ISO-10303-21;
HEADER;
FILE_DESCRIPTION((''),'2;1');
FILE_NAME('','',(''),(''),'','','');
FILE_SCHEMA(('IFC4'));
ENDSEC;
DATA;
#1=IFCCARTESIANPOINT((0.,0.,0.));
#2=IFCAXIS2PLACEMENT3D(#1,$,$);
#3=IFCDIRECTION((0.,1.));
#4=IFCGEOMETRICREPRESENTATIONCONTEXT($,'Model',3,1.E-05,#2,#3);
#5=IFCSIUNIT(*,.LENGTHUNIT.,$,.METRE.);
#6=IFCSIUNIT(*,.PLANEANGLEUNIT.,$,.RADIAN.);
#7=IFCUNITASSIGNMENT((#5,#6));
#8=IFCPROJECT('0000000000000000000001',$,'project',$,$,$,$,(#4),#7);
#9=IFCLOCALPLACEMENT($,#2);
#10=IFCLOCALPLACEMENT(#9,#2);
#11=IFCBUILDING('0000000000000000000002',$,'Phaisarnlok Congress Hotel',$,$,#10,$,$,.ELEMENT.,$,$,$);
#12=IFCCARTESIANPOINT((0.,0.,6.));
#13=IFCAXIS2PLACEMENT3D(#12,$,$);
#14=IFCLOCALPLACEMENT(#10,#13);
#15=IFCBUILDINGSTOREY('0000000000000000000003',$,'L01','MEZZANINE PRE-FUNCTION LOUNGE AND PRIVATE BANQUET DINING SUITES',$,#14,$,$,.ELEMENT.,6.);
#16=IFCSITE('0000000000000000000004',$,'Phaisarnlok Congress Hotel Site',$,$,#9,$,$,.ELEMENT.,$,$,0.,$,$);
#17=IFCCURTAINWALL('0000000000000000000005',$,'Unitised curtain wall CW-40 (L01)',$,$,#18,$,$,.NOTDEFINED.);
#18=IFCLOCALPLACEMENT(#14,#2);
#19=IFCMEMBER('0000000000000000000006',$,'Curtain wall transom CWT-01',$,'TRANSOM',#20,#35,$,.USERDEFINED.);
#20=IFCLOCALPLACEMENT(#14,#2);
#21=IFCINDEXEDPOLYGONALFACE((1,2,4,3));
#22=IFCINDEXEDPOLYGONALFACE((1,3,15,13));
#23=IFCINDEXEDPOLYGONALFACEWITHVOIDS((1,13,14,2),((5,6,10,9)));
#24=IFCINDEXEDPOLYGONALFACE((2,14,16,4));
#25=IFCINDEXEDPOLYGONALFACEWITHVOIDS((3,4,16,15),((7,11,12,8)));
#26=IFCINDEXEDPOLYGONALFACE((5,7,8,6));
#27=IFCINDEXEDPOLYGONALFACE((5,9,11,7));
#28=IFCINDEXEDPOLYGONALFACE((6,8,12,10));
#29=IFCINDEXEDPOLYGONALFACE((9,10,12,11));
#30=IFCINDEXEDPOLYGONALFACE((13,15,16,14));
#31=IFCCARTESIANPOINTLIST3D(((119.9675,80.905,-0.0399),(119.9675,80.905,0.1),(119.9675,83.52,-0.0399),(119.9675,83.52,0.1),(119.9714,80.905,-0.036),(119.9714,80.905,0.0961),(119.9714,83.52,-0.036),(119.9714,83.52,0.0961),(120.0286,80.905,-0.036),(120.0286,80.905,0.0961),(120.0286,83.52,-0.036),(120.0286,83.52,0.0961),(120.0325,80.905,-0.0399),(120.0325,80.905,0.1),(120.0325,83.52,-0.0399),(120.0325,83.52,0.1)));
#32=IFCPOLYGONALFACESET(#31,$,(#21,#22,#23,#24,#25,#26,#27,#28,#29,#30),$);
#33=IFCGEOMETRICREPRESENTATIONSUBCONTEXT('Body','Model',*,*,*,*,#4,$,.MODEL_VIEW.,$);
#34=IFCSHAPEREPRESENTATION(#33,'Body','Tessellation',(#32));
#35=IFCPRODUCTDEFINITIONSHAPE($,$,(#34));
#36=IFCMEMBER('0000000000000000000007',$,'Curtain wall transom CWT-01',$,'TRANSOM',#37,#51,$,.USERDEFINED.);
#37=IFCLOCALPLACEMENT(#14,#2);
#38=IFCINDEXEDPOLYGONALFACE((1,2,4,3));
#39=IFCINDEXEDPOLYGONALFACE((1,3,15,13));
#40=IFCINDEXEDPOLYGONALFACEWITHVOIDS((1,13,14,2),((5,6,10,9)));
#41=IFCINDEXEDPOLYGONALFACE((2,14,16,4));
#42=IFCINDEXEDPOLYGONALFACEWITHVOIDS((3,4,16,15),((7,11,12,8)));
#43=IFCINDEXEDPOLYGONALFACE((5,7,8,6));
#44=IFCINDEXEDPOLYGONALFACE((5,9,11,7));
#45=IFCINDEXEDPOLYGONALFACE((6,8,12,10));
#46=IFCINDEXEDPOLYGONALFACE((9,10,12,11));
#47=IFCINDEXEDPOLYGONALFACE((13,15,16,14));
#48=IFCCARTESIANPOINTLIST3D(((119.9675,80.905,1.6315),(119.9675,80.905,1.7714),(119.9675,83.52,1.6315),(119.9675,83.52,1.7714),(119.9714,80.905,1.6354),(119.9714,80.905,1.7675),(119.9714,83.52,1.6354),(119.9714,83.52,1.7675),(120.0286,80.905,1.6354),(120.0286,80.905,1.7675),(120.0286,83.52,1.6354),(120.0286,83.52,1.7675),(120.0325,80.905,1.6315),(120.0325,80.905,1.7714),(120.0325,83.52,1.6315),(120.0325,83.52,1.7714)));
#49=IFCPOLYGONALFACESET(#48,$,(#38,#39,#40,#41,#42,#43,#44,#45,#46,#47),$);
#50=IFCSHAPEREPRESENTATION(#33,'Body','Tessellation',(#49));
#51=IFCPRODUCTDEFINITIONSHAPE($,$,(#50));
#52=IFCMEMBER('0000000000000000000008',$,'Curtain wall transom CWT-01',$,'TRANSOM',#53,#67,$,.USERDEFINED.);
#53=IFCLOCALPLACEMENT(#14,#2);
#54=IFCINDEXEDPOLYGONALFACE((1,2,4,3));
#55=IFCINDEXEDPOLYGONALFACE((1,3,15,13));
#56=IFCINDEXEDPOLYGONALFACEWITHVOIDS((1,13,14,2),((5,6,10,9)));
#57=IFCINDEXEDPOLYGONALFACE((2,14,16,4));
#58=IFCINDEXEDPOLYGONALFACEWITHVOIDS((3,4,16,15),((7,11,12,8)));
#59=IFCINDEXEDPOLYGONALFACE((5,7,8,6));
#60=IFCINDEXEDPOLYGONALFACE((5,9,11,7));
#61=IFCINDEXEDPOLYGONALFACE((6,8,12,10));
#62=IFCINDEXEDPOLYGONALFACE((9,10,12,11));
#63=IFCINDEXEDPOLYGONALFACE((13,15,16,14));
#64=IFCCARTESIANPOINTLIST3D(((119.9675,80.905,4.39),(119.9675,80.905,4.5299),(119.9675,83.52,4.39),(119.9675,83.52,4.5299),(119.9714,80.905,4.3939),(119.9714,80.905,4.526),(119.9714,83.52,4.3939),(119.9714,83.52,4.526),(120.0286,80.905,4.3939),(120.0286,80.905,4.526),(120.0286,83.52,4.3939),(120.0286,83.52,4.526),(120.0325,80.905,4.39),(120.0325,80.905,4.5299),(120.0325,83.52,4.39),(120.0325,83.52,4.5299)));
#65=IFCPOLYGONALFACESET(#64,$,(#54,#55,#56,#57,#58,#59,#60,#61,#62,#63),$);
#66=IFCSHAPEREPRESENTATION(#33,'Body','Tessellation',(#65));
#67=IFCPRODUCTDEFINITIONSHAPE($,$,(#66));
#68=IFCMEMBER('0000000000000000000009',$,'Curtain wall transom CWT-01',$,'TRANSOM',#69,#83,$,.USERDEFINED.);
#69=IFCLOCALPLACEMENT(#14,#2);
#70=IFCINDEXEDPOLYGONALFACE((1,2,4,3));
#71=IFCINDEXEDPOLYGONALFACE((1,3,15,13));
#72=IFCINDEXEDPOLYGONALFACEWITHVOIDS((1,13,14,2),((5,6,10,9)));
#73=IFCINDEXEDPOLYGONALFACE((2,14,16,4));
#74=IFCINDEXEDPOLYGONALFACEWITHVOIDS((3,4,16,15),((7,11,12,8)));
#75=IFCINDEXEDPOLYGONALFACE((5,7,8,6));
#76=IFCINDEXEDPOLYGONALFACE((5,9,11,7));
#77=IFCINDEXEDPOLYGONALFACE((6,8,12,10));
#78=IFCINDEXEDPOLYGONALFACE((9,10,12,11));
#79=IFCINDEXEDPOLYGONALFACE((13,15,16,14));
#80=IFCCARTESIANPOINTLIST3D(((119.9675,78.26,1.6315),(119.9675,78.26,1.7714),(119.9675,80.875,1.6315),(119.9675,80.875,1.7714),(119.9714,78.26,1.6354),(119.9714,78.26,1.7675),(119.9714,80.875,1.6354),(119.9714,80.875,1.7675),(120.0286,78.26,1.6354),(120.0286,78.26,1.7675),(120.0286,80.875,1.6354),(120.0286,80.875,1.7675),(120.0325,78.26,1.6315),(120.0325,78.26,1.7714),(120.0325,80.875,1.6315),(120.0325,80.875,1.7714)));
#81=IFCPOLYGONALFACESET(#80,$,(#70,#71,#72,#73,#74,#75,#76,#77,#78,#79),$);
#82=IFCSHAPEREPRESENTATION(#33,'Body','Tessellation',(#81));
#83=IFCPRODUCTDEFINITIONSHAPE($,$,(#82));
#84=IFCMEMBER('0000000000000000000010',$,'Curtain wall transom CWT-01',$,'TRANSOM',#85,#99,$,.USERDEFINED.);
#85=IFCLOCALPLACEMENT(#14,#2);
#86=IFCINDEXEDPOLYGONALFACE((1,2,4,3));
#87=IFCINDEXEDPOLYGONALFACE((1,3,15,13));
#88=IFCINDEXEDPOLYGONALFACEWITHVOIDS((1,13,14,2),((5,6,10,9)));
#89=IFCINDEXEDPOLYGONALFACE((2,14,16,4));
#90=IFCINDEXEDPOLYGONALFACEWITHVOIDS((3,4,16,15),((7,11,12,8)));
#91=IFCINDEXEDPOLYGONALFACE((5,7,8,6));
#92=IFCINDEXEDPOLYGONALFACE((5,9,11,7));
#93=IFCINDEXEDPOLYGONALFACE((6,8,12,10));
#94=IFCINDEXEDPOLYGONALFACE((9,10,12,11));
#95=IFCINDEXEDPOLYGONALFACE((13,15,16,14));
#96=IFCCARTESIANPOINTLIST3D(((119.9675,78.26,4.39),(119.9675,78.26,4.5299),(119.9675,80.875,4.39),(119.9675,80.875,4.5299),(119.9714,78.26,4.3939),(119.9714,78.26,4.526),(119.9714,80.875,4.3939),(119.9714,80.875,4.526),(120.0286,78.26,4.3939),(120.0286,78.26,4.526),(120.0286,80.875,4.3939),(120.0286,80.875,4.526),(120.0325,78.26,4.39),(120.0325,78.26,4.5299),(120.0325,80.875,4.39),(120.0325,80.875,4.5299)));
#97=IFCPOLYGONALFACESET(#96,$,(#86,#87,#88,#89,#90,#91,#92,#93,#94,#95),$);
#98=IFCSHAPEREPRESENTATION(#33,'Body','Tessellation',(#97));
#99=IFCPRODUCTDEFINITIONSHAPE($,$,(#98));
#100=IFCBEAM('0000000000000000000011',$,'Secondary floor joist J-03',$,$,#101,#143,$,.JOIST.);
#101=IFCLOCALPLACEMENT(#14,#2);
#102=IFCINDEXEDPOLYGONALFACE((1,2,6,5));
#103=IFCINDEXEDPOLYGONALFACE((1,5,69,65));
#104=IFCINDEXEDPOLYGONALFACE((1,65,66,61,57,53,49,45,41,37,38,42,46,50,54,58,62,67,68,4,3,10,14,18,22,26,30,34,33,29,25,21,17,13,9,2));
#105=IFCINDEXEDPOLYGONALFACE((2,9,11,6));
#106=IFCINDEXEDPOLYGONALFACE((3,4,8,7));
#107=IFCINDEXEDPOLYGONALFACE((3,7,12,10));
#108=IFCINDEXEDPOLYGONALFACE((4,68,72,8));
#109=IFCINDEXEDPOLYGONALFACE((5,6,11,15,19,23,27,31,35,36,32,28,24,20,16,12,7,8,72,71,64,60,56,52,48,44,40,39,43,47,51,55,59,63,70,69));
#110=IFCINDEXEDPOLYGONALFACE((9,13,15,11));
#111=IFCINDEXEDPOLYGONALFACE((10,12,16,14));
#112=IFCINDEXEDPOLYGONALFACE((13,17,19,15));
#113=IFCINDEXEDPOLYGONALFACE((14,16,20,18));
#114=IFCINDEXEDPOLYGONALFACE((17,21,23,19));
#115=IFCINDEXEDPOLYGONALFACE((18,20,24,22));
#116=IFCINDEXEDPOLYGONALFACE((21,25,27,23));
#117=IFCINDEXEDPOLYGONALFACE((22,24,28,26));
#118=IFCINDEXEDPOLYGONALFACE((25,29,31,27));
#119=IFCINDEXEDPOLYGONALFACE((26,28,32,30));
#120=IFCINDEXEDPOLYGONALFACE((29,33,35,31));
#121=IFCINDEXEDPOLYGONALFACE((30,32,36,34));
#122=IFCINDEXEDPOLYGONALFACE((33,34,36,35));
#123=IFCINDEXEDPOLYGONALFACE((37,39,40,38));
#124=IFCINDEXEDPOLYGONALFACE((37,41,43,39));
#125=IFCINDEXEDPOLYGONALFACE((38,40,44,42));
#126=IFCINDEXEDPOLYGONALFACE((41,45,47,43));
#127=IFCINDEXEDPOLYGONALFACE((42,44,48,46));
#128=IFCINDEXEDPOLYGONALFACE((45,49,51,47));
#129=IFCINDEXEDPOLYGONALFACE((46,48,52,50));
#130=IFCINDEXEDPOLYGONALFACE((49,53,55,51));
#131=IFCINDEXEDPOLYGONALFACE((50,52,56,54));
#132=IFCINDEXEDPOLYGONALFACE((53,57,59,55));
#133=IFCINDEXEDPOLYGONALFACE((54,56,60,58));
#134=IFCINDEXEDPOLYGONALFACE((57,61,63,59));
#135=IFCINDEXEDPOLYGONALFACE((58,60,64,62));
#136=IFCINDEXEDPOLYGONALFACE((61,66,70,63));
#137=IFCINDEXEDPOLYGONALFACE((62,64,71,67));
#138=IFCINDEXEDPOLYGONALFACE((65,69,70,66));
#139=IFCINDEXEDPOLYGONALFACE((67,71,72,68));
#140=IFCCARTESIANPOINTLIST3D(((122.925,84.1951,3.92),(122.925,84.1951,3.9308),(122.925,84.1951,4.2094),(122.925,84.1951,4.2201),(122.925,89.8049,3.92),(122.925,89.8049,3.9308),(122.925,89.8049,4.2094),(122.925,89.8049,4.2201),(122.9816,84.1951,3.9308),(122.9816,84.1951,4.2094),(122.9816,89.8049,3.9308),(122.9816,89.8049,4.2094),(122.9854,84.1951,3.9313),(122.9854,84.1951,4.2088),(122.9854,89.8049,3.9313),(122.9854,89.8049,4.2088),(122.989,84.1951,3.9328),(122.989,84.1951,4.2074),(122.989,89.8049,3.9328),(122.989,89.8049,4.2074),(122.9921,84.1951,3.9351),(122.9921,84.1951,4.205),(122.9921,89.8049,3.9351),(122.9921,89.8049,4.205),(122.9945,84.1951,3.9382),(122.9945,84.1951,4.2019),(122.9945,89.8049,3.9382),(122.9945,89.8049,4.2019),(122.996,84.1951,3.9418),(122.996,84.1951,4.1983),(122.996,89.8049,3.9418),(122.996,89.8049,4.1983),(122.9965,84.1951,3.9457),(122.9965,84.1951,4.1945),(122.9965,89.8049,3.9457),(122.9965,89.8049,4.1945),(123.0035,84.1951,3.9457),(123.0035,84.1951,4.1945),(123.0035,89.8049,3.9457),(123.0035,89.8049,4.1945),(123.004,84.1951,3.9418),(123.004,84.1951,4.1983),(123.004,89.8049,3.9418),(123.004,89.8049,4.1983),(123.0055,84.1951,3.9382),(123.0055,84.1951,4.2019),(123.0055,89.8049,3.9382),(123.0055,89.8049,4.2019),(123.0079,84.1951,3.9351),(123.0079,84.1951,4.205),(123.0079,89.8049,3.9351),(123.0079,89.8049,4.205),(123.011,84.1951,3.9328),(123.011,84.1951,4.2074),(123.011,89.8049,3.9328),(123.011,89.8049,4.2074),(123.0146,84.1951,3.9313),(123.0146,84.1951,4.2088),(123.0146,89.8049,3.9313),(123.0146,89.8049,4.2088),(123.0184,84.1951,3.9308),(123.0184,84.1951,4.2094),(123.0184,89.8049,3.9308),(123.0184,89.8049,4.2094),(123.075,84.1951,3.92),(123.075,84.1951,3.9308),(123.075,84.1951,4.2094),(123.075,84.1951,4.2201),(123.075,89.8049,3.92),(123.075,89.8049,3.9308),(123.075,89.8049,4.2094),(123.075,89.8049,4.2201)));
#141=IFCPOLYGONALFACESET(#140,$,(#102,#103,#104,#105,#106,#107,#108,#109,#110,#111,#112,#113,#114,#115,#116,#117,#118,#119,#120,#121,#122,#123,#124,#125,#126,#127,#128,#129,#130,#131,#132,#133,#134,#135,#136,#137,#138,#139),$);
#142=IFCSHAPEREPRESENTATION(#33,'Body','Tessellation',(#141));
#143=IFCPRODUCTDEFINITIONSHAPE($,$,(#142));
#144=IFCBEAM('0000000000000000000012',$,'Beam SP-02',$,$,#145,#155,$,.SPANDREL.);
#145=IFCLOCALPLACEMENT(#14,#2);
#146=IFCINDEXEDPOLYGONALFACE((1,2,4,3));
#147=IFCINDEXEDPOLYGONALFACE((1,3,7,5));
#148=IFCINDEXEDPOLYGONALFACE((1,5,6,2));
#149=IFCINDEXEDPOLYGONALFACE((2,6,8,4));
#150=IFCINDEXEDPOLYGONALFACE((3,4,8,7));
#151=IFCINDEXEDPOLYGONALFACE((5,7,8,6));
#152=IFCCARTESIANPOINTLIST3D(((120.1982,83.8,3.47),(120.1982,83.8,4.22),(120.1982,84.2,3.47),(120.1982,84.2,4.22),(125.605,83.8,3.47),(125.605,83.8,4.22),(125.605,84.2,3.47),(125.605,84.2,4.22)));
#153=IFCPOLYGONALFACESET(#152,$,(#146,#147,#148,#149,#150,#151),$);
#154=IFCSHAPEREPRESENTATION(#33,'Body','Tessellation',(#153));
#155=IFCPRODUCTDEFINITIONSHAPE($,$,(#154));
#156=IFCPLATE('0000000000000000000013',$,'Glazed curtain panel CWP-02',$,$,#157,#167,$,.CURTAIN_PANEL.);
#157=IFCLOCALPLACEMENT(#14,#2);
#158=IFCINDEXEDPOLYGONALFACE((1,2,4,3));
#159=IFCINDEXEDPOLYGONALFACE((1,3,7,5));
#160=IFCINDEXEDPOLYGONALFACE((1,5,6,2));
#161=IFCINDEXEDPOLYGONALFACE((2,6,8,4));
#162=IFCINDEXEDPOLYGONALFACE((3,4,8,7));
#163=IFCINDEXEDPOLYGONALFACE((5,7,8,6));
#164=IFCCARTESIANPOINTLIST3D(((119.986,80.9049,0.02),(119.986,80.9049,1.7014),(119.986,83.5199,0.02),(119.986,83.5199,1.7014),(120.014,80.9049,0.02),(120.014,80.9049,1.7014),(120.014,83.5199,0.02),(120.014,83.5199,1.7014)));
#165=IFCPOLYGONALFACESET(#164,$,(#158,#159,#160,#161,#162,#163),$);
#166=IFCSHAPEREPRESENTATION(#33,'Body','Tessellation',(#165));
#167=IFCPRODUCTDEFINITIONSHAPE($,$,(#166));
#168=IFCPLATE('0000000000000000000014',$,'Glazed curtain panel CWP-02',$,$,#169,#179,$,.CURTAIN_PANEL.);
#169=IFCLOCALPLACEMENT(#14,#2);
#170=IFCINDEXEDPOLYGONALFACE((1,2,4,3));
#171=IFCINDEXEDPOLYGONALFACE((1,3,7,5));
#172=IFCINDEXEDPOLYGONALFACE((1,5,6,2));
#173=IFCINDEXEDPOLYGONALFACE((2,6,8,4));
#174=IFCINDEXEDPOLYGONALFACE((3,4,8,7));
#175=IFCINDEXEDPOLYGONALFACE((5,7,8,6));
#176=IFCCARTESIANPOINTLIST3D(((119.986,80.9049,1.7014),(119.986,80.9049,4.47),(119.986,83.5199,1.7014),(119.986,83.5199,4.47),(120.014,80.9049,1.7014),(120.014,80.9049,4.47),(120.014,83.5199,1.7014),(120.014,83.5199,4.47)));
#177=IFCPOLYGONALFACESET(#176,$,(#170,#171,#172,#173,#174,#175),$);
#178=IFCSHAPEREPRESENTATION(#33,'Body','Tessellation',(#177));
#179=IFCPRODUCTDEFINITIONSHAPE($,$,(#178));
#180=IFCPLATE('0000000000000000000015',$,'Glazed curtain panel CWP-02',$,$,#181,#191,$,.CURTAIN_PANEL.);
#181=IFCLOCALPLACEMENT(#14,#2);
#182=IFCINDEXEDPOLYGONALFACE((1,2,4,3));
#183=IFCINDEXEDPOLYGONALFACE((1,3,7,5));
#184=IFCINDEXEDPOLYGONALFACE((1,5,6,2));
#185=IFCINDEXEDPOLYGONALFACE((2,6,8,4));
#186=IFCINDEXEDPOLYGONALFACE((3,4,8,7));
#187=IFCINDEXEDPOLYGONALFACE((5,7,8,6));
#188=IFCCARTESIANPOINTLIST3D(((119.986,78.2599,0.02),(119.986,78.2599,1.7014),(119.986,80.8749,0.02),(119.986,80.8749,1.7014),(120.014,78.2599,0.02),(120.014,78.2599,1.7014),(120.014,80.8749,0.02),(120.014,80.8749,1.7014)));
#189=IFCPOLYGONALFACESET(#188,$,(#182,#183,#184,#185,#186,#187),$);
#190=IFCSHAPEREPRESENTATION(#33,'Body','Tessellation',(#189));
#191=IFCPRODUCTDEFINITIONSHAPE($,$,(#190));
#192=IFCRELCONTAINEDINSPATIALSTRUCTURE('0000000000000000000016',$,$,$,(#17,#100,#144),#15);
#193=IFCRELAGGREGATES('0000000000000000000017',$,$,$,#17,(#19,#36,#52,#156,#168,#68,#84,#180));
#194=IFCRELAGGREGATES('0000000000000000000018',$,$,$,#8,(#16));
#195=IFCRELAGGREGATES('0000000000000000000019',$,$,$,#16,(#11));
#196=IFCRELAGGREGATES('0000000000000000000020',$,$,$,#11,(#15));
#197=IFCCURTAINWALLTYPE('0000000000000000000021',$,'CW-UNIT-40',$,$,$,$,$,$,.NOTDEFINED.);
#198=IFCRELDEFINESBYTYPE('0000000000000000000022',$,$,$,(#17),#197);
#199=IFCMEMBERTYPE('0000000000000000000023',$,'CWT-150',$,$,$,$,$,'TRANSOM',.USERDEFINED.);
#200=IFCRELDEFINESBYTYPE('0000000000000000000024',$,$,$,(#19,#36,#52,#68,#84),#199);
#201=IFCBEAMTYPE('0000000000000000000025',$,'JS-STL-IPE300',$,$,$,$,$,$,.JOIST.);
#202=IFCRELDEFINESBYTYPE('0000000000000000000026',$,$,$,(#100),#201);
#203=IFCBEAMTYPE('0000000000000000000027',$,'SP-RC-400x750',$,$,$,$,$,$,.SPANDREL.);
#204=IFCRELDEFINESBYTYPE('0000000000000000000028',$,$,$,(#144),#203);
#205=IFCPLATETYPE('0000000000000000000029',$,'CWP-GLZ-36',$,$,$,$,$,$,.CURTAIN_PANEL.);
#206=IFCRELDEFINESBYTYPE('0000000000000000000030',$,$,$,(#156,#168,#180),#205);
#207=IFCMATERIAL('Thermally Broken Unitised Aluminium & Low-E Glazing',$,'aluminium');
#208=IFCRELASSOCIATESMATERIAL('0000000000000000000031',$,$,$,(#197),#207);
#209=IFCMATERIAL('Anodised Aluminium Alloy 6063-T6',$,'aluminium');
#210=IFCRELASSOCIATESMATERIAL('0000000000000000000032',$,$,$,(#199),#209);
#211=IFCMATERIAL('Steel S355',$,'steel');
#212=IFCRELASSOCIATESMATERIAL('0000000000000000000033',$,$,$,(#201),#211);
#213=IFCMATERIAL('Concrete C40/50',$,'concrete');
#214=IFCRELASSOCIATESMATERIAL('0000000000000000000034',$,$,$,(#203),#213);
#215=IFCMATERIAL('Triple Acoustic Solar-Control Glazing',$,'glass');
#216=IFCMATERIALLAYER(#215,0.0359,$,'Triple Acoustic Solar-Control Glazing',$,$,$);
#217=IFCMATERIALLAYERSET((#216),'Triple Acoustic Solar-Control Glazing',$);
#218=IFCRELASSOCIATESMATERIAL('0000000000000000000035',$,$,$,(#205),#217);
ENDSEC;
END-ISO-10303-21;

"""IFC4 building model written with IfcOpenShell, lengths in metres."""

from ifc_helpers import new_model, si_unit, direction, frame, frame_2d, origin, origin_2d, place, context, subcontext, project, spatial, rectangle, hollow_rectangle, i_section, extrude, material, layer, layer_set, material_profile, profile_set, type_object, element, aggregate, save


model = new_model("IFC4")

# Units and contexts
model_context = context("Model", 3, precision=1e-05, world=origin(), true_north=direction((0.0, 1.0)))
body_context = subcontext(model_context, "Body", "Model", "MODEL_VIEW")
ifc_project = project(units=[si_unit("LENGTHUNIT", "METRE"), si_unit("PLANEANGLEUNIT", "RADIAN")], contexts=[model_context])

# Site, building, storey
site_placement = place(None, origin())
site = spatial("IfcSite", under=ifc_project, at=site_placement, Name="Phaisarnlok Congress Hotel Site", CompositionType="ELEMENT", RefElevation=0.0)
building_placement = place(site_placement, origin())
building = spatial("IfcBuilding", under=site, at=building_placement, Name="Phaisarnlok Congress Hotel", CompositionType="ELEMENT")
storey_placement = place(building_placement, frame((0.0, 0.0, 6.0)))
storey = spatial("IfcBuildingStorey", under=building, at=storey_placement, Name="L01", Description="MEZZANINE PRE-FUNCTION LOUNGE AND PRIVATE BANQUET DINING SUITES", CompositionType="ELEMENT", Elevation=6.0)

# Shared definitions
ifc_material_1 = material(Name="Steel S355", Category="steel")

# Shared definitions
ifc_material_2 = material(Name="Concrete C40/50", Category="concrete")

# Curtain wall, members
ifc_material_3 = material(Name="Thermally Broken Unitised Aluminium & Low-E Glazing", Category="aluminium")
curtain_wall_type = type_object("IfcCurtainWallType", Name="CW-UNIT-40", PredefinedType="NOTDEFINED", material=ifc_material_3)
curtain_wall_placement = place(storey_placement, origin())
curtain_wall = element("IfcCurtainWall", 1, at=curtain_wall_placement, inside=storey, type_object=curtain_wall_type, Name="Unitised curtain wall CW-40 (L01)", PredefinedType="NOTDEFINED")
ifc_material_4 = material(Name="Anodised Aluminium Alloy 6063-T6", Category="aluminium")
ifc_material_profile_1 = material_profile(ifc_material_4, hollow_rectangle(XDim=0.0649, YDim=0.1399, WallThickness=0.0039, at=origin_2d()), Name="ALU-T 65x140x4")
ifc_profile_set_1 = profile_set([ifc_material_profile_1], Name="Anodised Aluminium Alloy 6063-T6")
member_type_1 = type_object("IfcMemberType", Name="CWT-150", ElementType="TRANSOM", PredefinedType="USERDEFINED", material=ifc_profile_set_1)
member_1_placement = place(storey_placement, frame((120.0, 83.52, 0.03), z_axis=(0.0, -1.0, 0.0), x_axis=(1.0, 0.0, 0.0)))
member_1 = element("IfcMember", 2, at=member_1_placement, type_object=member_type_1, Name="Curtain wall transom CWT-01", ObjectType="TRANSOM", PredefinedType="USERDEFINED", context=body_context, shape_type="SweptSolid", body=[
    extrude(hollow_rectangle(XDim=0.0649, YDim=0.1399, WallThickness=0.0039, at=origin_2d()), origin(), (0.0, 0.0, 1.0), 2.615),
])
member_2_placement = place(storey_placement, frame((120.0, 83.52, 1.7014), z_axis=(0.0, -1.0, 0.0), x_axis=(1.0, 0.0, 0.0)))
member_2 = element("IfcMember", 3, at=member_2_placement, type_object=member_type_1, Name="Curtain wall transom CWT-01", ObjectType="TRANSOM", PredefinedType="USERDEFINED", context=body_context, shape_type="SweptSolid", body=[
    extrude(hollow_rectangle(XDim=0.0649, YDim=0.1399, WallThickness=0.0039, at=origin_2d()), origin(), (0.0, 0.0, 1.0), 2.615),
])
member_3_placement = place(storey_placement, frame((120.0, 83.52, 4.46), z_axis=(0.0, -1.0, 0.0), x_axis=(1.0, 0.0, 0.0)))
member_3 = element("IfcMember", 4, at=member_3_placement, type_object=member_type_1, Name="Curtain wall transom CWT-01", ObjectType="TRANSOM", PredefinedType="USERDEFINED", context=body_context, shape_type="SweptSolid", body=[
    extrude(hollow_rectangle(XDim=0.0649, YDim=0.1399, WallThickness=0.0039, at=origin_2d()), origin(), (0.0, 0.0, 1.0), 2.615),
])
member_4_placement = place(storey_placement, frame((120.0, 80.875, 1.7014), z_axis=(0.0, -1.0, 0.0), x_axis=(1.0, 0.0, 0.0)))
member_4 = element("IfcMember", 5, at=member_4_placement, type_object=member_type_1, Name="Curtain wall transom CWT-01", ObjectType="TRANSOM", PredefinedType="USERDEFINED", context=body_context, shape_type="SweptSolid", body=[
    extrude(hollow_rectangle(XDim=0.0649, YDim=0.1399, WallThickness=0.0039, at=origin_2d()), origin(), (0.0, 0.0, 1.0), 2.615),
])
member_5_placement = place(storey_placement, frame((120.0, 80.875, 4.46), z_axis=(0.0, -1.0, 0.0), x_axis=(1.0, 0.0, 0.0)))
member_5 = element("IfcMember", 6, at=member_5_placement, type_object=member_type_1, Name="Curtain wall transom CWT-01", ObjectType="TRANSOM", PredefinedType="USERDEFINED", context=body_context, shape_type="SweptSolid", body=[
    extrude(hollow_rectangle(XDim=0.0649, YDim=0.1399, WallThickness=0.0039, at=origin_2d()), origin(), (0.0, 0.0, 1.0), 2.615),
])

# Beams
ifc_material_profile_2 = material_profile(ifc_material_1, i_section(OverallWidth=0.1499, OverallDepth=0.3, WebThickness=0.0071, FlangeThickness=0.0107, FilletRadius=0.0149, at=origin_2d()), Name="IPE 300")
ifc_profile_set_2 = profile_set([ifc_material_profile_2], Name="Steel S355")
beam_type_1 = type_object("IfcBeamType", Name="JS-STL-IPE300", PredefinedType="JOIST", material=ifc_profile_set_2)
beam_1_placement = place(storey_placement, frame((123.0, 84.1951, 4.0701), z_axis=(0.0, 1.0, 0.0), x_axis=(-1.0, 0.0, 0.0)))
element("IfcBeam", 7, at=beam_1_placement, inside=storey, type_object=beam_type_1, Name="Secondary floor joist J-03", PredefinedType="JOIST", context=body_context, shape_type="SweptSolid", body=[
    extrude(i_section(OverallWidth=0.1499, OverallDepth=0.3, WebThickness=0.0071, FlangeThickness=0.0107, FilletRadius=0.0149, at=origin_2d()), origin(), (0.0, 0.0, 1.0), 5.6099),
])
ifc_material_profile_3 = material_profile(ifc_material_2, rectangle(XDim=0.3999, YDim=0.75, at=origin_2d()), Name="RC 400x750")
ifc_profile_set_3 = profile_set([ifc_material_profile_3], Name="Concrete C40/50")
beam_type_2 = type_object("IfcBeamType", Name="SP-RC-400x750", PredefinedType="SPANDREL", material=ifc_profile_set_3)
beam_2_placement = place(storey_placement, frame((120.1982, 84.0, 3.845), z_axis=(1.0, 0.0, 0.0), x_axis=(0.0, 1.0, 0.0)))
element("IfcBeam", 8, at=beam_2_placement, inside=storey, type_object=beam_type_2, Name="Beam SP-02", PredefinedType="SPANDREL", context=body_context, shape_type="SweptSolid", body=[
    extrude(rectangle(XDim=0.3999, YDim=0.75, at=origin_2d()), origin(), (0.0, 0.0, 1.0), 5.4067),
])

# Plates
ifc_material_5 = material(Name="Triple Acoustic Solar-Control Glazing", Category="glass")
ifc_layer_1 = layer(ifc_material_5, 0.0359, Name="Triple Acoustic Solar-Control Glazing")
ifc_layer_set_1 = layer_set([ifc_layer_1], Name="Triple Acoustic Solar-Control Glazing")
plate_type_1 = type_object("IfcPlateType", Name="CWP-GLZ-36", PredefinedType="CURTAIN_PANEL", material=ifc_layer_set_1)
plate_1_placement = place(storey_placement, frame((120.0, 83.52, 0.02), z_axis=(0.0, 0.0, 1.0), x_axis=(0.0, -1.0, 0.0)))
plate_1 = element("IfcPlate", 9, at=plate_1_placement, type_object=plate_type_1, Name="Glazed curtain panel CWP-02", PredefinedType="CURTAIN_PANEL", context=body_context, shape_type="SweptSolid", body=[
    extrude(rectangle(XDim=2.615, YDim=0.0281, at=frame_2d((1.3076, 0.0))), origin(), (0.0, 0.0, 1.0), 1.6814),
])
plate_2_placement = place(storey_placement, frame((120.0, 83.52, 1.7014), z_axis=(0.0, 0.0, 1.0), x_axis=(0.0, -1.0, 0.0)))
plate_2 = element("IfcPlate", 10, at=plate_2_placement, type_object=plate_type_1, Name="Glazed curtain panel CWP-02", PredefinedType="CURTAIN_PANEL", context=body_context, shape_type="SweptSolid", body=[
    extrude(rectangle(XDim=2.615, YDim=0.0281, at=frame_2d((1.3076, 0.0))), origin(), (0.0, 0.0, 1.0), 2.7686),
])
plate_3_placement = place(storey_placement, frame((120.0, 80.875, 0.02), z_axis=(0.0, 0.0, 1.0), x_axis=(0.0, -1.0, 0.0)))
plate_3 = element("IfcPlate", 11, at=plate_3_placement, type_object=plate_type_1, Name="Glazed curtain panel CWP-02", PredefinedType="CURTAIN_PANEL", context=body_context, shape_type="SweptSolid", body=[
    extrude(rectangle(XDim=2.615, YDim=0.0281, at=frame_2d((1.3076, 0.0))), origin(), (0.0, 0.0, 1.0), 1.6814),
])
aggregate(curtain_wall, [member_1, member_2, member_3, plate_1, plate_2, member_4, member_5, plate_3])

save(model, "model.ifc")
